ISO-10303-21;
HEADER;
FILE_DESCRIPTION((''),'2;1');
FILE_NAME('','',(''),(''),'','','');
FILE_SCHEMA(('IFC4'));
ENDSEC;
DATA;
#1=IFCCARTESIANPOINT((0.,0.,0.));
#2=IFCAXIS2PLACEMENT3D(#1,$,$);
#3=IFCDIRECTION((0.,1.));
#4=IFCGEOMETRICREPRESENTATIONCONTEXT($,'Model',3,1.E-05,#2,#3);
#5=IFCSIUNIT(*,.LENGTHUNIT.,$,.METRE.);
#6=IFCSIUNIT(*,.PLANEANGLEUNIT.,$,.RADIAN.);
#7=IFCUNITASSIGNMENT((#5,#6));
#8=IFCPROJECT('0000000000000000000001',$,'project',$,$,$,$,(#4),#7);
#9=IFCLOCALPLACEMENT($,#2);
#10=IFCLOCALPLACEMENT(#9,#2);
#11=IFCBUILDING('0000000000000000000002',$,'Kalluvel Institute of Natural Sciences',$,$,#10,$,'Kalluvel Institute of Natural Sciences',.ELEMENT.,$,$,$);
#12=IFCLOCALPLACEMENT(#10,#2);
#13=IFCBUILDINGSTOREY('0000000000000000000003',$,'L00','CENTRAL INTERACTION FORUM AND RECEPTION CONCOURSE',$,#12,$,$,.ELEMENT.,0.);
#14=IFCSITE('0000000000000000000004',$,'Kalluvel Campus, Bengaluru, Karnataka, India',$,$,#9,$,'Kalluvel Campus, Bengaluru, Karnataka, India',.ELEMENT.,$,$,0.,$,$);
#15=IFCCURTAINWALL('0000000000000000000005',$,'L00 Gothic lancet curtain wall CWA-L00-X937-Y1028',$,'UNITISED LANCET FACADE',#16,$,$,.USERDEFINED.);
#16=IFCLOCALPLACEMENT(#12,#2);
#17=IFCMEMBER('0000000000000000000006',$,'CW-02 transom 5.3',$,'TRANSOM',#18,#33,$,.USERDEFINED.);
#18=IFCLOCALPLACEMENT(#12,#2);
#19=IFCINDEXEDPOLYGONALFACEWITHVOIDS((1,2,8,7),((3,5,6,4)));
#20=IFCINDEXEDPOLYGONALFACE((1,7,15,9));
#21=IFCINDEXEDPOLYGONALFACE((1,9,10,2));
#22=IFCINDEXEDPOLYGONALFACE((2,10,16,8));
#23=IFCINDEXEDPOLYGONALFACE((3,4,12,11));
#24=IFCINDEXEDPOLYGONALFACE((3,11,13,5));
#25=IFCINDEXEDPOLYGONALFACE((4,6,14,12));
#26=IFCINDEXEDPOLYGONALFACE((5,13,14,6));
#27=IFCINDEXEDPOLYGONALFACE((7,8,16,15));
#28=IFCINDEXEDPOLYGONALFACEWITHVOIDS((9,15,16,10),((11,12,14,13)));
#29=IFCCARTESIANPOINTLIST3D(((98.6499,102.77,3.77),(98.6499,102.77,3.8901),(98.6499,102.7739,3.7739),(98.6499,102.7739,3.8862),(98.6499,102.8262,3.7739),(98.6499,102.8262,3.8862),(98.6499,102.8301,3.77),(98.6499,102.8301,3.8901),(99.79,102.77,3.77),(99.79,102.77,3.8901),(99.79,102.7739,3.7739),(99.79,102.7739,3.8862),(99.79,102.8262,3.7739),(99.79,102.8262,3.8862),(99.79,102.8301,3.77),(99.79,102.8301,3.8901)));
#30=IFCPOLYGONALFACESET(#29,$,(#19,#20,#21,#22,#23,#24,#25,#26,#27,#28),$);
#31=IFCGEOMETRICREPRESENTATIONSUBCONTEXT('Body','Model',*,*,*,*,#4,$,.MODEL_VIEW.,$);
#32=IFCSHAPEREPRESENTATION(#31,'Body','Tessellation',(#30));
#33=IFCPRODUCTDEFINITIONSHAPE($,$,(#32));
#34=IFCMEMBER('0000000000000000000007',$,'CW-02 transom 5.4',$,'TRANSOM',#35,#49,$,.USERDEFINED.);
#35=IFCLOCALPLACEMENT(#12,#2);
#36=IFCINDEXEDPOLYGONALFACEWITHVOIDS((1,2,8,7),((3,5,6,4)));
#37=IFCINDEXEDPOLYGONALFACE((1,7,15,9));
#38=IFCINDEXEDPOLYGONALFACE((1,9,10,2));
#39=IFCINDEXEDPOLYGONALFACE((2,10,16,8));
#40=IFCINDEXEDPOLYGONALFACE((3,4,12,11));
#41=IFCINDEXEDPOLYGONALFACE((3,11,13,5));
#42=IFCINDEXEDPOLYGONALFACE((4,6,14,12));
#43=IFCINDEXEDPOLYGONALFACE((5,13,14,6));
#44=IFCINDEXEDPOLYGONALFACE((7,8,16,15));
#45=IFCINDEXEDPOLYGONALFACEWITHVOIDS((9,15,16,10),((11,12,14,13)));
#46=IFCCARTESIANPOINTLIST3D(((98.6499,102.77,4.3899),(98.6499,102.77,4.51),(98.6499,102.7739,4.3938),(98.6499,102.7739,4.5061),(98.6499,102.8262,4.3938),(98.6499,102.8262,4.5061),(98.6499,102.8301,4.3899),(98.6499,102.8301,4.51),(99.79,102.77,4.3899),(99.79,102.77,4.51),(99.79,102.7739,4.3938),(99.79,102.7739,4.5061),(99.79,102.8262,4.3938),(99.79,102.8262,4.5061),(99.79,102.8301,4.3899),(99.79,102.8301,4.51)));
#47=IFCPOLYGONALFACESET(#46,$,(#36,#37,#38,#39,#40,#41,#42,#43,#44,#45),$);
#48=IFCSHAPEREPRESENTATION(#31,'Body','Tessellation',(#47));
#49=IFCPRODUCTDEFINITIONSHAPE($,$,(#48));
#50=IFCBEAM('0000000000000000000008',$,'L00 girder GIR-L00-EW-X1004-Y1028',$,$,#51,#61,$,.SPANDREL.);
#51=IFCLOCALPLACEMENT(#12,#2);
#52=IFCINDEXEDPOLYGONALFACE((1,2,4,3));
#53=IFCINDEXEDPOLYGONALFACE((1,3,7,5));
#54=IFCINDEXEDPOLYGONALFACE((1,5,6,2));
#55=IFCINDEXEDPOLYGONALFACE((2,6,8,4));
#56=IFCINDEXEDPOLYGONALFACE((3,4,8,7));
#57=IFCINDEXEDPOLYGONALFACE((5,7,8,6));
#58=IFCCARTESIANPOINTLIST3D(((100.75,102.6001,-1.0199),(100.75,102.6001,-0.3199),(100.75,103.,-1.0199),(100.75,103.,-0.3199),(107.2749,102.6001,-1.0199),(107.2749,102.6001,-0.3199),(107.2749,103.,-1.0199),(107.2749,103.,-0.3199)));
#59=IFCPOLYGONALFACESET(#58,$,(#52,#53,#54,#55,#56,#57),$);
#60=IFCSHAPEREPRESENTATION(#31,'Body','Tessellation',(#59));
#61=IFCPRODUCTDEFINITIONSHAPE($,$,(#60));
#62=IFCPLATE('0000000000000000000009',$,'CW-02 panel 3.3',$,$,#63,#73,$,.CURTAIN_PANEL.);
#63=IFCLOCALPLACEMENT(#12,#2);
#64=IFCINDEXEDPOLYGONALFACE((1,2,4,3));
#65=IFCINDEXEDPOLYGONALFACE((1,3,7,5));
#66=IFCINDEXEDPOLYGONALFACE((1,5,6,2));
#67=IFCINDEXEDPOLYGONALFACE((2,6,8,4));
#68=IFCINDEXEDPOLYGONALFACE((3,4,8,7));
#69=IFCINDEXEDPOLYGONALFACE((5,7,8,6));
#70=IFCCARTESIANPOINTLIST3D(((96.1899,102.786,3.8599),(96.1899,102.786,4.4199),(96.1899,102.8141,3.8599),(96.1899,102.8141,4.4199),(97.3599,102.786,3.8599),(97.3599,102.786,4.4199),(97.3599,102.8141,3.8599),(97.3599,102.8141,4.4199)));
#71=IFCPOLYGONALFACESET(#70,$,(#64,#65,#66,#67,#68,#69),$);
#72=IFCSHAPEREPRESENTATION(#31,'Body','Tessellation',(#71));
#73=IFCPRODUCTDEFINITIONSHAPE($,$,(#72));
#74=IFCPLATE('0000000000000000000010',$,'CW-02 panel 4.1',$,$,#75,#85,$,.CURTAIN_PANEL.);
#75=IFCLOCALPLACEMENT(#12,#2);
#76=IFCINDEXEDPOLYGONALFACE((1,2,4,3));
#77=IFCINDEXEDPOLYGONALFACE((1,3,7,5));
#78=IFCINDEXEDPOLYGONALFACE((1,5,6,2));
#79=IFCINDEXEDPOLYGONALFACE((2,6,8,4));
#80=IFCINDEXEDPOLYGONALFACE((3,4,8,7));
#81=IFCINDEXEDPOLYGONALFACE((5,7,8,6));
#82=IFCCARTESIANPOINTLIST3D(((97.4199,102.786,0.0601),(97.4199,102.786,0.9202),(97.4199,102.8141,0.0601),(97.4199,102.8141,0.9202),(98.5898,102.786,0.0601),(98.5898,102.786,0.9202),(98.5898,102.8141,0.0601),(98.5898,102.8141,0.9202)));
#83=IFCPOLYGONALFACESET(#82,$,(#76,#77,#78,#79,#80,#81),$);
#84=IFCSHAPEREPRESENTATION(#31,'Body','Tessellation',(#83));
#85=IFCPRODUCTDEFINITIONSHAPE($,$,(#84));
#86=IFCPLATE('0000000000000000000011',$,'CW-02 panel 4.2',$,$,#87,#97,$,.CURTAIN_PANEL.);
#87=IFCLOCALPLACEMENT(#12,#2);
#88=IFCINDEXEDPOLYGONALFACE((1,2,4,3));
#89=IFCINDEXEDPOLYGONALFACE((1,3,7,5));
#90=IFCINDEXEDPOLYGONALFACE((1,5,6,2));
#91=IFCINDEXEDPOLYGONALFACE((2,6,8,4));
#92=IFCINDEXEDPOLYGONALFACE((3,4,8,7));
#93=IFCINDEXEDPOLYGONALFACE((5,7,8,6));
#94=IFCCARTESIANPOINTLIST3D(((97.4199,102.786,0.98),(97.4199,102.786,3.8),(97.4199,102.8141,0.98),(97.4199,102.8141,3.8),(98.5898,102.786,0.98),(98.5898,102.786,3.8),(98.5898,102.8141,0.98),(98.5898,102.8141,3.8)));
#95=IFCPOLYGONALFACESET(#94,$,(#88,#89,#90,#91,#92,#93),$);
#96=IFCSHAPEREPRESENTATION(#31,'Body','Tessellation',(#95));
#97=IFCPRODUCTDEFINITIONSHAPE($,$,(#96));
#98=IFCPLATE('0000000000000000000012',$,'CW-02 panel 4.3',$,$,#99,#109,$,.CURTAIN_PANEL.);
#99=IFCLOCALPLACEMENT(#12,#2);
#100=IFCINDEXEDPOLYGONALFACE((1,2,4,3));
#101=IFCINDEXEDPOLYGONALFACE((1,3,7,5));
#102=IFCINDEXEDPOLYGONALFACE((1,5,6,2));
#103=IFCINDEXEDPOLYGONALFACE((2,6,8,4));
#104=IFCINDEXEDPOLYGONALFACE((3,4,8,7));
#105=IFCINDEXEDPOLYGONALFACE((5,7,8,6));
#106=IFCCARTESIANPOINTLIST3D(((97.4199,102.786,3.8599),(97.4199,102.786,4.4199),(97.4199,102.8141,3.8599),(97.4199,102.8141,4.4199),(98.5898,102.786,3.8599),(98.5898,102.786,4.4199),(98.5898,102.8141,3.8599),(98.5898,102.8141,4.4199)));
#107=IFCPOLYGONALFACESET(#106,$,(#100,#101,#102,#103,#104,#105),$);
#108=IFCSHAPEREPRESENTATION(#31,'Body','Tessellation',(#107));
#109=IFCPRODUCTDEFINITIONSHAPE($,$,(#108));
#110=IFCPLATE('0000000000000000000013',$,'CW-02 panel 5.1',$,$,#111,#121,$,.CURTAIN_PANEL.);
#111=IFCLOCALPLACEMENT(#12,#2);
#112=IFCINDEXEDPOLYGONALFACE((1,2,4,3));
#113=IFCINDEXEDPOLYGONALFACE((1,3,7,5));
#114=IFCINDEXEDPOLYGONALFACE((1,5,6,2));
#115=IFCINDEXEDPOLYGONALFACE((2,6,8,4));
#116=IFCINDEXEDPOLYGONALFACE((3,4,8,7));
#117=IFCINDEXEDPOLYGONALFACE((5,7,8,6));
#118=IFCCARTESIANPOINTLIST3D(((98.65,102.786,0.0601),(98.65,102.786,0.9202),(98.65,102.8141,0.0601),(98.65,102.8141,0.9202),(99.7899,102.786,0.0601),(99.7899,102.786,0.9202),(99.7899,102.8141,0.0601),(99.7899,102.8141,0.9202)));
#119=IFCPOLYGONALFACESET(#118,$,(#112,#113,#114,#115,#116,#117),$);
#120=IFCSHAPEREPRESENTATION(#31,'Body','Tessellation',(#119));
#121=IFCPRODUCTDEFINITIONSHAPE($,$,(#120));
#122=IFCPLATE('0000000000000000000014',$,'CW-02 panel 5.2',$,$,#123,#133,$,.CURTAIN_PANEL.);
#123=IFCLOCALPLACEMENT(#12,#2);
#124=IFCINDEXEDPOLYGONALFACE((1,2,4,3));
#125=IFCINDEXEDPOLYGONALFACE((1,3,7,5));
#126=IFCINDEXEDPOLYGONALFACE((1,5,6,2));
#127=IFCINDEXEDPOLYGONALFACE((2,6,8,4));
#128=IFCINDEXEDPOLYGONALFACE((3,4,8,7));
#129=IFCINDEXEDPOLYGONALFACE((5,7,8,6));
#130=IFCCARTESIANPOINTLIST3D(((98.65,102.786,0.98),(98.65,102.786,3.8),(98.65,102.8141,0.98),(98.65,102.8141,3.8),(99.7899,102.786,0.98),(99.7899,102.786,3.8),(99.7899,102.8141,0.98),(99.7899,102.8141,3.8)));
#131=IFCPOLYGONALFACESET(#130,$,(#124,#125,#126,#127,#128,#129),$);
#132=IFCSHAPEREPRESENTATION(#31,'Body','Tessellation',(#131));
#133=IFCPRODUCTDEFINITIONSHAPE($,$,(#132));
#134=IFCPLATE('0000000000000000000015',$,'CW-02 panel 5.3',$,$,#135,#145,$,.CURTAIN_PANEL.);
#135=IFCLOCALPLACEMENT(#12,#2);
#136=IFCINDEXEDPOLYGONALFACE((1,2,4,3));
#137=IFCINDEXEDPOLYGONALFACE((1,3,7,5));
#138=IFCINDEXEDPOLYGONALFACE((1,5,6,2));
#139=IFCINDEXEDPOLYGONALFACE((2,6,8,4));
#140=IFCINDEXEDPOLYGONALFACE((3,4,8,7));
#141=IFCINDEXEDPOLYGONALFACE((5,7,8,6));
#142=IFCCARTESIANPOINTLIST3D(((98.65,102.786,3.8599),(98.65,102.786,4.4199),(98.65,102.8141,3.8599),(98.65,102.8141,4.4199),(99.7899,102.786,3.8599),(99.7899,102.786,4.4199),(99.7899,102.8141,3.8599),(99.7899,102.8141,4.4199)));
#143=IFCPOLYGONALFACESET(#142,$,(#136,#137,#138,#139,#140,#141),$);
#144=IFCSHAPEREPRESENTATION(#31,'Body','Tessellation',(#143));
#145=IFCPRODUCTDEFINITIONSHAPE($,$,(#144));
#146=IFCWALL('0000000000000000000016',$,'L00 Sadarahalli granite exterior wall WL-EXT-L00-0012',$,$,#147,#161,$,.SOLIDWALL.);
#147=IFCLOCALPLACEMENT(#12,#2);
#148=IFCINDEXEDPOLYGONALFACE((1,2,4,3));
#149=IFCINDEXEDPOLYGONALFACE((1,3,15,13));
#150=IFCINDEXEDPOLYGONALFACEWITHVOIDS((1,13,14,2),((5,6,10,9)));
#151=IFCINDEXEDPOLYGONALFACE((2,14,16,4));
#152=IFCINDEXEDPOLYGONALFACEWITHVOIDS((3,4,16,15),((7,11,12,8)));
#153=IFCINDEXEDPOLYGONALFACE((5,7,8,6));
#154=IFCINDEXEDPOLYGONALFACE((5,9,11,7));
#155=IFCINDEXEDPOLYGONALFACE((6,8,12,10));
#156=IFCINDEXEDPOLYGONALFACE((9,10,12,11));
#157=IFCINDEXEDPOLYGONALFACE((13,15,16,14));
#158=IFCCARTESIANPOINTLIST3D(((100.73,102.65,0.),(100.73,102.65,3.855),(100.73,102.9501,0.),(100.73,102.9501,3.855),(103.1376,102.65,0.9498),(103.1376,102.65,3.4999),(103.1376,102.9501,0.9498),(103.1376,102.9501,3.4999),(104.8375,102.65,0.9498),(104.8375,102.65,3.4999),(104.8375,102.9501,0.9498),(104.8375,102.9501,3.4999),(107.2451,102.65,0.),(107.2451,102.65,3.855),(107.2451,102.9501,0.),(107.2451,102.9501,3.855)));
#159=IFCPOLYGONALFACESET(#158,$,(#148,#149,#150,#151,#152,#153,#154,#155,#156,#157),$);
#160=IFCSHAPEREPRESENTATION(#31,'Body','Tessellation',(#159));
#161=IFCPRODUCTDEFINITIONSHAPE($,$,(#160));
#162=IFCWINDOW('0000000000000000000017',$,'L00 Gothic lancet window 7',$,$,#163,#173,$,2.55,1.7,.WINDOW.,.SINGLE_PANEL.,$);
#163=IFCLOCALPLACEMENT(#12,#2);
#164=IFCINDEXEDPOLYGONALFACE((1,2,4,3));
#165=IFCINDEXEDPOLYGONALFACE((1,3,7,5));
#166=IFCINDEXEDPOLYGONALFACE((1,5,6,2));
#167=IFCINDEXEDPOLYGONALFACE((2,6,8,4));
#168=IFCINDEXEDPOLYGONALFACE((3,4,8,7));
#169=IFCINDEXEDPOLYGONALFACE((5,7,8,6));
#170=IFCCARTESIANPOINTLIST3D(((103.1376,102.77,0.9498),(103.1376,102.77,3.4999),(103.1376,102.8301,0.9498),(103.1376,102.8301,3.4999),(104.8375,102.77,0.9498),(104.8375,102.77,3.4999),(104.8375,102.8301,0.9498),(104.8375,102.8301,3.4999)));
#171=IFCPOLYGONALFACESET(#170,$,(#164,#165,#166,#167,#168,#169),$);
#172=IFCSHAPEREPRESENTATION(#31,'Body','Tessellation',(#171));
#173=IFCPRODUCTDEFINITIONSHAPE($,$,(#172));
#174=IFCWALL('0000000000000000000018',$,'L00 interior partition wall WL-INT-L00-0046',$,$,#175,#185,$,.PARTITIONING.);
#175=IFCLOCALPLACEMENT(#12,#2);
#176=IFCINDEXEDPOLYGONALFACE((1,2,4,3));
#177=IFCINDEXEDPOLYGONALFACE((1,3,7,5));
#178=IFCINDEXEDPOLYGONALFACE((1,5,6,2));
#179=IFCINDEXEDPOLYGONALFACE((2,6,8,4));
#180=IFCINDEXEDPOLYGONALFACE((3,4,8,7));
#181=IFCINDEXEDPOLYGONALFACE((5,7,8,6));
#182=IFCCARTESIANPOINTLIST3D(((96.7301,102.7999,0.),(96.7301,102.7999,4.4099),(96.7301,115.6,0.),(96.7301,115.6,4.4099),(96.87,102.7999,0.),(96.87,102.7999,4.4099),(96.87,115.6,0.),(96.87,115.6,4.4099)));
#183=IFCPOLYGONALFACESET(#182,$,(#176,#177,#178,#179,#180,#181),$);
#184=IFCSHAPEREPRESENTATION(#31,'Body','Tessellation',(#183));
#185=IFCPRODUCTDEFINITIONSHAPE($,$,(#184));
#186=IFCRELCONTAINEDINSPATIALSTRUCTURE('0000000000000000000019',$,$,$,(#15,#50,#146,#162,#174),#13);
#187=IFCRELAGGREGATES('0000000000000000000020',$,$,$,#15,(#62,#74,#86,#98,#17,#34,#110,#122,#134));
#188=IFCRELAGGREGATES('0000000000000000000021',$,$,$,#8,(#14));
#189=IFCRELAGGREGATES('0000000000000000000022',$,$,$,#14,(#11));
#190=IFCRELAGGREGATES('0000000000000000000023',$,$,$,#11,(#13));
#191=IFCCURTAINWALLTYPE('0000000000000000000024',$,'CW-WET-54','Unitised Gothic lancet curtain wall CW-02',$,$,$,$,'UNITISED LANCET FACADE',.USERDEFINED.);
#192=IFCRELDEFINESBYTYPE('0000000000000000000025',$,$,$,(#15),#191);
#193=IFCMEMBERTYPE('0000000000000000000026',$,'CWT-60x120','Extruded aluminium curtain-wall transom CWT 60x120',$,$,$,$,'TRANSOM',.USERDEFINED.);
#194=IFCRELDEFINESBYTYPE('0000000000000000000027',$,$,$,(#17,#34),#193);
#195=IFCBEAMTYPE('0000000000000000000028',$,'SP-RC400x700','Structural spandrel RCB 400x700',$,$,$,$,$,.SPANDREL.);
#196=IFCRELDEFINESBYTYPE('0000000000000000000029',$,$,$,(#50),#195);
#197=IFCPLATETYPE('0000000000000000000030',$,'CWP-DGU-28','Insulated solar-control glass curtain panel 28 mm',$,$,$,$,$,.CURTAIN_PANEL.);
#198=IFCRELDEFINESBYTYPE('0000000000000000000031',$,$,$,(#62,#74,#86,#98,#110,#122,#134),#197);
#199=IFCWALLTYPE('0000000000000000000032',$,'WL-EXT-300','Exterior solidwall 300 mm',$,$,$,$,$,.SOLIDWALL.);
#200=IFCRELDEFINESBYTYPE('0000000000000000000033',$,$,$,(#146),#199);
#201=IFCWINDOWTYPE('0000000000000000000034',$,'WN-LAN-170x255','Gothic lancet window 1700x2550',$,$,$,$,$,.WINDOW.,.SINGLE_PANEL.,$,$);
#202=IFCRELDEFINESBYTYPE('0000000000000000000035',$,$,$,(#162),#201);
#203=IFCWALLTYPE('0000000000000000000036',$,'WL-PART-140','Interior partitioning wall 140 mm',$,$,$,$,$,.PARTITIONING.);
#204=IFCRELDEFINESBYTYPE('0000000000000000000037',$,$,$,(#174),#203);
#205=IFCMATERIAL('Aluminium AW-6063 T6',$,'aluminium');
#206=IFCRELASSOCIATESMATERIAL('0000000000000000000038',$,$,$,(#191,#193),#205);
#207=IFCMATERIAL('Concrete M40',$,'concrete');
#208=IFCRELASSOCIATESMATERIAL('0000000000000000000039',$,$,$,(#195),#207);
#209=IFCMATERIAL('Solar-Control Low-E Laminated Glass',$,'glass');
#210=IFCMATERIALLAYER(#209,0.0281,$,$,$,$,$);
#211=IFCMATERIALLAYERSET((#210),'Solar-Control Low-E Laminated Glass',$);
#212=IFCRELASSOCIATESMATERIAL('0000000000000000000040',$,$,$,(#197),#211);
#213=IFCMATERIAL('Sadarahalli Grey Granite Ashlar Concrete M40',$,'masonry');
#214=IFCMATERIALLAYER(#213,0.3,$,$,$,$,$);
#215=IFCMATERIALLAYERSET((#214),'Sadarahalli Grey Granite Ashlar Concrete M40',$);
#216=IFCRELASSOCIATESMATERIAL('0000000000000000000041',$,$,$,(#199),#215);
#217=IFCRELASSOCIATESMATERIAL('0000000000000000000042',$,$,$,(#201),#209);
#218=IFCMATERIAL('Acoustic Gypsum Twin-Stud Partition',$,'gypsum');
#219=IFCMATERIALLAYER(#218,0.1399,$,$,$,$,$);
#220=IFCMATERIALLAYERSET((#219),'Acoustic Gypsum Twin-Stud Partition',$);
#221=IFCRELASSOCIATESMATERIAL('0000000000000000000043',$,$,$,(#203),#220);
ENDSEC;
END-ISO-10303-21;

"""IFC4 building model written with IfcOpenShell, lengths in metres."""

from ifc_helpers import new_model, si_unit, direction, frame, frame_2d, origin, origin_2d, place, context, subcontext, project, spatial, rectangle, hollow_rectangle, extrude, material, layer, layer_set, material_profile, profile_set, type_object, element, fill, aggregate, save


model = new_model("IFC4")

# Units and contexts
model_context = context("Model", 3, precision=1e-05, world=origin(), true_north=direction((0.0, 1.0)))
body_context = subcontext(model_context, "Body", "Model", "MODEL_VIEW")
ifc_project = project(units=[si_unit("LENGTHUNIT", "METRE"), si_unit("PLANEANGLEUNIT", "RADIAN")], contexts=[model_context])

# Site, building, storey
site_placement = place(None, origin())
site = spatial("IfcSite", under=ifc_project, at=site_placement, Name="Kalluvel Campus, Bengaluru, Karnataka, India", LongName="Kalluvel Campus, Bengaluru, Karnataka, India", CompositionType="ELEMENT", RefElevation=0.0)
building_placement = place(site_placement, origin())
building = spatial("IfcBuilding", under=site, at=building_placement, Name="Kalluvel Institute of Natural Sciences", LongName="Kalluvel Institute of Natural Sciences", CompositionType="ELEMENT")
storey_placement = place(building_placement, origin())
storey = spatial("IfcBuildingStorey", under=building, at=storey_placement, Name="L00", Description="CENTRAL INTERACTION FORUM AND RECEPTION CONCOURSE", CompositionType="ELEMENT", Elevation=0.0)

# Curtain wall, members
ifc_material_1 = material(Name="Aluminium AW-6063 T6", Category="aluminium")
curtain_wall_type = type_object("IfcCurtainWallType", Name="CW-WET-54", Description="Unitised Gothic lancet curtain wall CW-02", ElementType="UNITISED LANCET FACADE", PredefinedType="USERDEFINED", material=ifc_material_1)
curtain_wall_placement = place(storey_placement, origin())
curtain_wall = element("IfcCurtainWall", 1, at=curtain_wall_placement, inside=storey, type_object=curtain_wall_type, Name="L00 Gothic lancet curtain wall CWA-L00-X937-Y1028", ObjectType="UNITISED LANCET FACADE", PredefinedType="USERDEFINED")
ifc_material_profile_1 = material_profile(ifc_material_1, hollow_rectangle(XDim=0.0601, YDim=0.1201, WallThickness=0.0039, at=origin_2d()), Name="CWT 60x120")
ifc_profile_set_1 = profile_set([ifc_material_profile_1], Name="Aluminium AW-6063 T6")
member_type_1 = type_object("IfcMemberType", Name="CWT-60x120", Description="Extruded aluminium curtain-wall transom CWT 60x120", ElementType="TRANSOM", PredefinedType="USERDEFINED", material=ifc_profile_set_1)
member_1_placement = place(storey_placement, frame((98.6499, 102.8, 3.8301), z_axis=(1.0, 0.0, 0.0), x_axis=(0.0, 1.0, 0.0)))
member_1 = element("IfcMember", 2, at=member_1_placement, type_object=member_type_1, Name="CW-02 transom 5.3", ObjectType="TRANSOM", PredefinedType="USERDEFINED", context=body_context, shape_type="SweptSolid", body=[
    extrude(hollow_rectangle(XDim=0.0601, YDim=0.1201, WallThickness=0.0039, at=origin_2d()), origin(), (0.0, 0.0, 1.0), 1.1401),
])
member_2_placement = place(storey_placement, frame((98.6499, 102.8, 4.45), z_axis=(1.0, 0.0, 0.0), x_axis=(0.0, 1.0, 0.0)))
member_2 = element("IfcMember", 3, at=member_2_placement, type_object=member_type_1, Name="CW-02 transom 5.4", ObjectType="TRANSOM", PredefinedType="USERDEFINED", context=body_context, shape_type="SweptSolid", body=[
    extrude(hollow_rectangle(XDim=0.0601, YDim=0.1201, WallThickness=0.0039, at=origin_2d()), origin(), (0.0, 0.0, 1.0), 1.1401),
])

# Beam
ifc_material_2 = material(Name="Concrete M40", Category="concrete")
ifc_material_profile_2 = material_profile(ifc_material_2, rectangle(XDim=0.3999, YDim=0.7, at=origin_2d()), Name="RCB 400x700")
ifc_profile_set_2 = profile_set([ifc_material_profile_2], Name="Concrete M40")
beam_type = type_object("IfcBeamType", Name="SP-RC400x700", Description="Structural spandrel RCB 400x700", PredefinedType="SPANDREL", material=ifc_profile_set_2)
beam_placement = place(storey_placement, frame((100.75, 102.8, -0.6699), z_axis=(1.0, 0.0, 0.0), x_axis=(0.0, 1.0, 0.0)))
element("IfcBeam", 4, at=beam_placement, inside=storey, type_object=beam_type, Name="L00 girder GIR-L00-EW-X1004-Y1028", PredefinedType="SPANDREL", context=body_context, shape_type="SweptSolid", body=[
    extrude(rectangle(XDim=0.3999, YDim=0.7, at=origin_2d()), origin(), (0.0, 0.0, 1.0), 6.5249),
])

# Plates
ifc_material_3 = material(Name="Solar-Control Low-E Laminated Glass", Category="glass")
ifc_layer_1 = layer(ifc_material_3, 0.0281)
ifc_layer_set_1 = layer_set([ifc_layer_1], Name="Solar-Control Low-E Laminated Glass")
plate_type = type_object("IfcPlateType", Name="CWP-DGU-28", Description="Insulated solar-control glass curtain panel 28 mm", PredefinedType="CURTAIN_PANEL", material=ifc_layer_set_1)
plate_1_placement = place(storey_placement, frame((96.7749, 102.8, 3.8599), z_axis=(0.0, 0.0, 1.0), x_axis=(1.0, 0.0, 0.0)))
plate_1 = element("IfcPlate", 5, at=plate_1_placement, type_object=plate_type, Name="CW-02 panel 3.3", PredefinedType="CURTAIN_PANEL", context=body_context, shape_type="SweptSolid", body=[
    extrude(rectangle(XDim=1.1699, YDim=0.0281, at=origin_2d()), origin(), (0.0, 0.0, 1.0), 0.5601),
])
plate_2_placement = place(storey_placement, frame((98.0049, 102.8, 0.0601), z_axis=(0.0, 0.0, 1.0), x_axis=(1.0, 0.0, 0.0)))
plate_2 = element("IfcPlate", 6, at=plate_2_placement, type_object=plate_type, Name="CW-02 panel 4.1", PredefinedType="CURTAIN_PANEL", context=body_context, shape_type="SweptSolid", body=[
    extrude(rectangle(XDim=1.1699, YDim=0.0281, at=origin_2d()), origin(), (0.0, 0.0, 1.0), 0.8601),
])
plate_3_placement = place(storey_placement, frame((98.0049, 102.8, 0.98), z_axis=(0.0, 0.0, 1.0), x_axis=(1.0, 0.0, 0.0)))
plate_3 = element("IfcPlate", 7, at=plate_3_placement, type_object=plate_type, Name="CW-02 panel 4.2", PredefinedType="CURTAIN_PANEL", context=body_context, shape_type="SweptSolid", body=[
    extrude(rectangle(XDim=1.1699, YDim=0.0281, at=origin_2d()), origin(), (0.0, 0.0, 1.0), 2.8201),
])
plate_4_placement = place(storey_placement, frame((98.0049, 102.8, 3.8599), z_axis=(0.0, 0.0, 1.0), x_axis=(1.0, 0.0, 0.0)))
plate_4 = element("IfcPlate", 8, at=plate_4_placement, type_object=plate_type, Name="CW-02 panel 4.3", PredefinedType="CURTAIN_PANEL", context=body_context, shape_type="SweptSolid", body=[
    extrude(rectangle(XDim=1.1699, YDim=0.0281, at=origin_2d()), origin(), (0.0, 0.0, 1.0), 0.5601),
])
plate_5_placement = place(storey_placement, frame((99.22, 102.8, 0.0601), z_axis=(0.0, 0.0, 1.0), x_axis=(1.0, 0.0, 0.0)))
plate_5 = element("IfcPlate", 9, at=plate_5_placement, type_object=plate_type, Name="CW-02 panel 5.1", PredefinedType="CURTAIN_PANEL", context=body_context, shape_type="SweptSolid", body=[
    extrude(rectangle(XDim=1.1399, YDim=0.0281, at=origin_2d()), origin(), (0.0, 0.0, 1.0), 0.8601),
])
plate_6_placement = place(storey_placement, frame((99.22, 102.8, 0.98), z_axis=(0.0, 0.0, 1.0), x_axis=(1.0, 0.0, 0.0)))
plate_6 = element("IfcPlate", 10, at=plate_6_placement, type_object=plate_type, Name="CW-02 panel 5.2", PredefinedType="CURTAIN_PANEL", context=body_context, shape_type="SweptSolid", body=[
    extrude(rectangle(XDim=1.1399, YDim=0.0281, at=origin_2d()), origin(), (0.0, 0.0, 1.0), 2.8201),
])
plate_7_placement = place(storey_placement, frame((99.22, 102.8, 3.8599), z_axis=(0.0, 0.0, 1.0), x_axis=(1.0, 0.0, 0.0)))
plate_7 = element("IfcPlate", 11, at=plate_7_placement, type_object=plate_type, Name="CW-02 panel 5.3", PredefinedType="CURTAIN_PANEL", context=body_context, shape_type="SweptSolid", body=[
    extrude(rectangle(XDim=1.1399, YDim=0.0281, at=origin_2d()), origin(), (0.0, 0.0, 1.0), 0.5601),
])
aggregate(curtain_wall, [plate_1, plate_2, plate_3, plate_4, member_1, member_2, plate_5, plate_6, plate_7])

# Wall, opening, window
ifc_material_4 = material(Name="Sadarahalli Grey Granite Ashlar Concrete M40", Category="masonry")
ifc_layer_2 = layer(ifc_material_4, 0.3)
ifc_layer_set_2 = layer_set([ifc_layer_2], Name="Sadarahalli Grey Granite Ashlar Concrete M40")
wall_type_1 = type_object("IfcWallType", Name="WL-EXT-300", Description="Exterior solidwall 300 mm", PredefinedType="SOLIDWALL", material=ifc_layer_set_2)
wall_1_placement = place(storey_placement, frame((100.73, 102.8, 0.0), z_axis=(0.0, 0.0, 1.0), x_axis=(1.0, 0.0, 0.0)))
wall_1 = element("IfcWall", 12, at=wall_1_placement, inside=storey, type_object=wall_type_1, Name="L00 Sadarahalli granite exterior wall WL-EXT-L00-0012", PredefinedType="SOLIDWALL", context=body_context, shape_type="SweptSolid", body=[
    extrude(rectangle(XDim=6.5151, YDim=0.3, at=frame_2d((3.2576, 0.0))), origin(), (0.0, 0.0, 1.0), 3.855),
])
opening_placement = place(wall_1_placement, frame((2.4075, 0.0, 0.95)))
opening = element("IfcOpeningElement", 13, at=opening_placement, cuts=wall_1, PredefinedType="OPENING", context=body_context, shape_type="SweptSolid", body=[
    extrude(rectangle(XDim=1.7, YDim=2.55, at=frame_2d((0.8501, 1.2749))), frame((0.0, 0.1599, 0.0), z_axis=(0.0, -1.0, 0.0), x_axis=(1.0, 0.0, 0.0)), (0.0, 0.0, 1.0), 0.3201),
])
window_type = type_object("IfcWindowType", Name="WN-LAN-170x255", Description="Gothic lancet window 1700x2550", PartitioningType="SINGLE_PANEL", PredefinedType="WINDOW", material=ifc_material_3)
window_placement = place(opening_placement, origin())
window = element("IfcWindow", 14, at=window_placement, inside=storey, type_object=window_type, Name="L00 Gothic lancet window 7", OverallHeight=2.55, OverallWidth=1.7, PartitioningType="SINGLE_PANEL", PredefinedType="WINDOW", context=body_context, shape_type="SweptSolid", body=[
    extrude(rectangle(XDim=1.7, YDim=2.55, at=frame_2d((0.8501, 1.2749))), frame((0.0, 0.03, 0.0), z_axis=(0.0, -1.0, 0.0), x_axis=(1.0, 0.0, 0.0)), (0.0, 0.0, 1.0), 0.0601),
])
fill(opening, window)

# Wall
ifc_material_5 = material(Name="Acoustic Gypsum Twin-Stud Partition", Category="gypsum")
ifc_layer_3 = layer(ifc_material_5, 0.1399)
ifc_layer_set_3 = layer_set([ifc_layer_3], Name="Acoustic Gypsum Twin-Stud Partition")
wall_type_2 = type_object("IfcWallType", Name="WL-PART-140", Description="Interior partitioning wall 140 mm", PredefinedType="PARTITIONING", material=ifc_layer_set_3)
wall_2_placement = place(storey_placement, frame((96.8, 102.8, 0.0), z_axis=(0.0, 0.0, 1.0), x_axis=(0.0, 1.0, 0.0)))
element("IfcWall", 15, at=wall_2_placement, inside=storey, type_object=wall_type_2, Name="L00 interior partition wall WL-INT-L00-0046", PredefinedType="PARTITIONING", context=body_context, shape_type="SweptSolid", body=[
    extrude(rectangle(XDim=12.8, YDim=0.1399, at=frame_2d((6.3999, 0.0))), origin(), (0.0, 0.0, 1.0), 4.4099),
])

save(model, "model.ifc")
